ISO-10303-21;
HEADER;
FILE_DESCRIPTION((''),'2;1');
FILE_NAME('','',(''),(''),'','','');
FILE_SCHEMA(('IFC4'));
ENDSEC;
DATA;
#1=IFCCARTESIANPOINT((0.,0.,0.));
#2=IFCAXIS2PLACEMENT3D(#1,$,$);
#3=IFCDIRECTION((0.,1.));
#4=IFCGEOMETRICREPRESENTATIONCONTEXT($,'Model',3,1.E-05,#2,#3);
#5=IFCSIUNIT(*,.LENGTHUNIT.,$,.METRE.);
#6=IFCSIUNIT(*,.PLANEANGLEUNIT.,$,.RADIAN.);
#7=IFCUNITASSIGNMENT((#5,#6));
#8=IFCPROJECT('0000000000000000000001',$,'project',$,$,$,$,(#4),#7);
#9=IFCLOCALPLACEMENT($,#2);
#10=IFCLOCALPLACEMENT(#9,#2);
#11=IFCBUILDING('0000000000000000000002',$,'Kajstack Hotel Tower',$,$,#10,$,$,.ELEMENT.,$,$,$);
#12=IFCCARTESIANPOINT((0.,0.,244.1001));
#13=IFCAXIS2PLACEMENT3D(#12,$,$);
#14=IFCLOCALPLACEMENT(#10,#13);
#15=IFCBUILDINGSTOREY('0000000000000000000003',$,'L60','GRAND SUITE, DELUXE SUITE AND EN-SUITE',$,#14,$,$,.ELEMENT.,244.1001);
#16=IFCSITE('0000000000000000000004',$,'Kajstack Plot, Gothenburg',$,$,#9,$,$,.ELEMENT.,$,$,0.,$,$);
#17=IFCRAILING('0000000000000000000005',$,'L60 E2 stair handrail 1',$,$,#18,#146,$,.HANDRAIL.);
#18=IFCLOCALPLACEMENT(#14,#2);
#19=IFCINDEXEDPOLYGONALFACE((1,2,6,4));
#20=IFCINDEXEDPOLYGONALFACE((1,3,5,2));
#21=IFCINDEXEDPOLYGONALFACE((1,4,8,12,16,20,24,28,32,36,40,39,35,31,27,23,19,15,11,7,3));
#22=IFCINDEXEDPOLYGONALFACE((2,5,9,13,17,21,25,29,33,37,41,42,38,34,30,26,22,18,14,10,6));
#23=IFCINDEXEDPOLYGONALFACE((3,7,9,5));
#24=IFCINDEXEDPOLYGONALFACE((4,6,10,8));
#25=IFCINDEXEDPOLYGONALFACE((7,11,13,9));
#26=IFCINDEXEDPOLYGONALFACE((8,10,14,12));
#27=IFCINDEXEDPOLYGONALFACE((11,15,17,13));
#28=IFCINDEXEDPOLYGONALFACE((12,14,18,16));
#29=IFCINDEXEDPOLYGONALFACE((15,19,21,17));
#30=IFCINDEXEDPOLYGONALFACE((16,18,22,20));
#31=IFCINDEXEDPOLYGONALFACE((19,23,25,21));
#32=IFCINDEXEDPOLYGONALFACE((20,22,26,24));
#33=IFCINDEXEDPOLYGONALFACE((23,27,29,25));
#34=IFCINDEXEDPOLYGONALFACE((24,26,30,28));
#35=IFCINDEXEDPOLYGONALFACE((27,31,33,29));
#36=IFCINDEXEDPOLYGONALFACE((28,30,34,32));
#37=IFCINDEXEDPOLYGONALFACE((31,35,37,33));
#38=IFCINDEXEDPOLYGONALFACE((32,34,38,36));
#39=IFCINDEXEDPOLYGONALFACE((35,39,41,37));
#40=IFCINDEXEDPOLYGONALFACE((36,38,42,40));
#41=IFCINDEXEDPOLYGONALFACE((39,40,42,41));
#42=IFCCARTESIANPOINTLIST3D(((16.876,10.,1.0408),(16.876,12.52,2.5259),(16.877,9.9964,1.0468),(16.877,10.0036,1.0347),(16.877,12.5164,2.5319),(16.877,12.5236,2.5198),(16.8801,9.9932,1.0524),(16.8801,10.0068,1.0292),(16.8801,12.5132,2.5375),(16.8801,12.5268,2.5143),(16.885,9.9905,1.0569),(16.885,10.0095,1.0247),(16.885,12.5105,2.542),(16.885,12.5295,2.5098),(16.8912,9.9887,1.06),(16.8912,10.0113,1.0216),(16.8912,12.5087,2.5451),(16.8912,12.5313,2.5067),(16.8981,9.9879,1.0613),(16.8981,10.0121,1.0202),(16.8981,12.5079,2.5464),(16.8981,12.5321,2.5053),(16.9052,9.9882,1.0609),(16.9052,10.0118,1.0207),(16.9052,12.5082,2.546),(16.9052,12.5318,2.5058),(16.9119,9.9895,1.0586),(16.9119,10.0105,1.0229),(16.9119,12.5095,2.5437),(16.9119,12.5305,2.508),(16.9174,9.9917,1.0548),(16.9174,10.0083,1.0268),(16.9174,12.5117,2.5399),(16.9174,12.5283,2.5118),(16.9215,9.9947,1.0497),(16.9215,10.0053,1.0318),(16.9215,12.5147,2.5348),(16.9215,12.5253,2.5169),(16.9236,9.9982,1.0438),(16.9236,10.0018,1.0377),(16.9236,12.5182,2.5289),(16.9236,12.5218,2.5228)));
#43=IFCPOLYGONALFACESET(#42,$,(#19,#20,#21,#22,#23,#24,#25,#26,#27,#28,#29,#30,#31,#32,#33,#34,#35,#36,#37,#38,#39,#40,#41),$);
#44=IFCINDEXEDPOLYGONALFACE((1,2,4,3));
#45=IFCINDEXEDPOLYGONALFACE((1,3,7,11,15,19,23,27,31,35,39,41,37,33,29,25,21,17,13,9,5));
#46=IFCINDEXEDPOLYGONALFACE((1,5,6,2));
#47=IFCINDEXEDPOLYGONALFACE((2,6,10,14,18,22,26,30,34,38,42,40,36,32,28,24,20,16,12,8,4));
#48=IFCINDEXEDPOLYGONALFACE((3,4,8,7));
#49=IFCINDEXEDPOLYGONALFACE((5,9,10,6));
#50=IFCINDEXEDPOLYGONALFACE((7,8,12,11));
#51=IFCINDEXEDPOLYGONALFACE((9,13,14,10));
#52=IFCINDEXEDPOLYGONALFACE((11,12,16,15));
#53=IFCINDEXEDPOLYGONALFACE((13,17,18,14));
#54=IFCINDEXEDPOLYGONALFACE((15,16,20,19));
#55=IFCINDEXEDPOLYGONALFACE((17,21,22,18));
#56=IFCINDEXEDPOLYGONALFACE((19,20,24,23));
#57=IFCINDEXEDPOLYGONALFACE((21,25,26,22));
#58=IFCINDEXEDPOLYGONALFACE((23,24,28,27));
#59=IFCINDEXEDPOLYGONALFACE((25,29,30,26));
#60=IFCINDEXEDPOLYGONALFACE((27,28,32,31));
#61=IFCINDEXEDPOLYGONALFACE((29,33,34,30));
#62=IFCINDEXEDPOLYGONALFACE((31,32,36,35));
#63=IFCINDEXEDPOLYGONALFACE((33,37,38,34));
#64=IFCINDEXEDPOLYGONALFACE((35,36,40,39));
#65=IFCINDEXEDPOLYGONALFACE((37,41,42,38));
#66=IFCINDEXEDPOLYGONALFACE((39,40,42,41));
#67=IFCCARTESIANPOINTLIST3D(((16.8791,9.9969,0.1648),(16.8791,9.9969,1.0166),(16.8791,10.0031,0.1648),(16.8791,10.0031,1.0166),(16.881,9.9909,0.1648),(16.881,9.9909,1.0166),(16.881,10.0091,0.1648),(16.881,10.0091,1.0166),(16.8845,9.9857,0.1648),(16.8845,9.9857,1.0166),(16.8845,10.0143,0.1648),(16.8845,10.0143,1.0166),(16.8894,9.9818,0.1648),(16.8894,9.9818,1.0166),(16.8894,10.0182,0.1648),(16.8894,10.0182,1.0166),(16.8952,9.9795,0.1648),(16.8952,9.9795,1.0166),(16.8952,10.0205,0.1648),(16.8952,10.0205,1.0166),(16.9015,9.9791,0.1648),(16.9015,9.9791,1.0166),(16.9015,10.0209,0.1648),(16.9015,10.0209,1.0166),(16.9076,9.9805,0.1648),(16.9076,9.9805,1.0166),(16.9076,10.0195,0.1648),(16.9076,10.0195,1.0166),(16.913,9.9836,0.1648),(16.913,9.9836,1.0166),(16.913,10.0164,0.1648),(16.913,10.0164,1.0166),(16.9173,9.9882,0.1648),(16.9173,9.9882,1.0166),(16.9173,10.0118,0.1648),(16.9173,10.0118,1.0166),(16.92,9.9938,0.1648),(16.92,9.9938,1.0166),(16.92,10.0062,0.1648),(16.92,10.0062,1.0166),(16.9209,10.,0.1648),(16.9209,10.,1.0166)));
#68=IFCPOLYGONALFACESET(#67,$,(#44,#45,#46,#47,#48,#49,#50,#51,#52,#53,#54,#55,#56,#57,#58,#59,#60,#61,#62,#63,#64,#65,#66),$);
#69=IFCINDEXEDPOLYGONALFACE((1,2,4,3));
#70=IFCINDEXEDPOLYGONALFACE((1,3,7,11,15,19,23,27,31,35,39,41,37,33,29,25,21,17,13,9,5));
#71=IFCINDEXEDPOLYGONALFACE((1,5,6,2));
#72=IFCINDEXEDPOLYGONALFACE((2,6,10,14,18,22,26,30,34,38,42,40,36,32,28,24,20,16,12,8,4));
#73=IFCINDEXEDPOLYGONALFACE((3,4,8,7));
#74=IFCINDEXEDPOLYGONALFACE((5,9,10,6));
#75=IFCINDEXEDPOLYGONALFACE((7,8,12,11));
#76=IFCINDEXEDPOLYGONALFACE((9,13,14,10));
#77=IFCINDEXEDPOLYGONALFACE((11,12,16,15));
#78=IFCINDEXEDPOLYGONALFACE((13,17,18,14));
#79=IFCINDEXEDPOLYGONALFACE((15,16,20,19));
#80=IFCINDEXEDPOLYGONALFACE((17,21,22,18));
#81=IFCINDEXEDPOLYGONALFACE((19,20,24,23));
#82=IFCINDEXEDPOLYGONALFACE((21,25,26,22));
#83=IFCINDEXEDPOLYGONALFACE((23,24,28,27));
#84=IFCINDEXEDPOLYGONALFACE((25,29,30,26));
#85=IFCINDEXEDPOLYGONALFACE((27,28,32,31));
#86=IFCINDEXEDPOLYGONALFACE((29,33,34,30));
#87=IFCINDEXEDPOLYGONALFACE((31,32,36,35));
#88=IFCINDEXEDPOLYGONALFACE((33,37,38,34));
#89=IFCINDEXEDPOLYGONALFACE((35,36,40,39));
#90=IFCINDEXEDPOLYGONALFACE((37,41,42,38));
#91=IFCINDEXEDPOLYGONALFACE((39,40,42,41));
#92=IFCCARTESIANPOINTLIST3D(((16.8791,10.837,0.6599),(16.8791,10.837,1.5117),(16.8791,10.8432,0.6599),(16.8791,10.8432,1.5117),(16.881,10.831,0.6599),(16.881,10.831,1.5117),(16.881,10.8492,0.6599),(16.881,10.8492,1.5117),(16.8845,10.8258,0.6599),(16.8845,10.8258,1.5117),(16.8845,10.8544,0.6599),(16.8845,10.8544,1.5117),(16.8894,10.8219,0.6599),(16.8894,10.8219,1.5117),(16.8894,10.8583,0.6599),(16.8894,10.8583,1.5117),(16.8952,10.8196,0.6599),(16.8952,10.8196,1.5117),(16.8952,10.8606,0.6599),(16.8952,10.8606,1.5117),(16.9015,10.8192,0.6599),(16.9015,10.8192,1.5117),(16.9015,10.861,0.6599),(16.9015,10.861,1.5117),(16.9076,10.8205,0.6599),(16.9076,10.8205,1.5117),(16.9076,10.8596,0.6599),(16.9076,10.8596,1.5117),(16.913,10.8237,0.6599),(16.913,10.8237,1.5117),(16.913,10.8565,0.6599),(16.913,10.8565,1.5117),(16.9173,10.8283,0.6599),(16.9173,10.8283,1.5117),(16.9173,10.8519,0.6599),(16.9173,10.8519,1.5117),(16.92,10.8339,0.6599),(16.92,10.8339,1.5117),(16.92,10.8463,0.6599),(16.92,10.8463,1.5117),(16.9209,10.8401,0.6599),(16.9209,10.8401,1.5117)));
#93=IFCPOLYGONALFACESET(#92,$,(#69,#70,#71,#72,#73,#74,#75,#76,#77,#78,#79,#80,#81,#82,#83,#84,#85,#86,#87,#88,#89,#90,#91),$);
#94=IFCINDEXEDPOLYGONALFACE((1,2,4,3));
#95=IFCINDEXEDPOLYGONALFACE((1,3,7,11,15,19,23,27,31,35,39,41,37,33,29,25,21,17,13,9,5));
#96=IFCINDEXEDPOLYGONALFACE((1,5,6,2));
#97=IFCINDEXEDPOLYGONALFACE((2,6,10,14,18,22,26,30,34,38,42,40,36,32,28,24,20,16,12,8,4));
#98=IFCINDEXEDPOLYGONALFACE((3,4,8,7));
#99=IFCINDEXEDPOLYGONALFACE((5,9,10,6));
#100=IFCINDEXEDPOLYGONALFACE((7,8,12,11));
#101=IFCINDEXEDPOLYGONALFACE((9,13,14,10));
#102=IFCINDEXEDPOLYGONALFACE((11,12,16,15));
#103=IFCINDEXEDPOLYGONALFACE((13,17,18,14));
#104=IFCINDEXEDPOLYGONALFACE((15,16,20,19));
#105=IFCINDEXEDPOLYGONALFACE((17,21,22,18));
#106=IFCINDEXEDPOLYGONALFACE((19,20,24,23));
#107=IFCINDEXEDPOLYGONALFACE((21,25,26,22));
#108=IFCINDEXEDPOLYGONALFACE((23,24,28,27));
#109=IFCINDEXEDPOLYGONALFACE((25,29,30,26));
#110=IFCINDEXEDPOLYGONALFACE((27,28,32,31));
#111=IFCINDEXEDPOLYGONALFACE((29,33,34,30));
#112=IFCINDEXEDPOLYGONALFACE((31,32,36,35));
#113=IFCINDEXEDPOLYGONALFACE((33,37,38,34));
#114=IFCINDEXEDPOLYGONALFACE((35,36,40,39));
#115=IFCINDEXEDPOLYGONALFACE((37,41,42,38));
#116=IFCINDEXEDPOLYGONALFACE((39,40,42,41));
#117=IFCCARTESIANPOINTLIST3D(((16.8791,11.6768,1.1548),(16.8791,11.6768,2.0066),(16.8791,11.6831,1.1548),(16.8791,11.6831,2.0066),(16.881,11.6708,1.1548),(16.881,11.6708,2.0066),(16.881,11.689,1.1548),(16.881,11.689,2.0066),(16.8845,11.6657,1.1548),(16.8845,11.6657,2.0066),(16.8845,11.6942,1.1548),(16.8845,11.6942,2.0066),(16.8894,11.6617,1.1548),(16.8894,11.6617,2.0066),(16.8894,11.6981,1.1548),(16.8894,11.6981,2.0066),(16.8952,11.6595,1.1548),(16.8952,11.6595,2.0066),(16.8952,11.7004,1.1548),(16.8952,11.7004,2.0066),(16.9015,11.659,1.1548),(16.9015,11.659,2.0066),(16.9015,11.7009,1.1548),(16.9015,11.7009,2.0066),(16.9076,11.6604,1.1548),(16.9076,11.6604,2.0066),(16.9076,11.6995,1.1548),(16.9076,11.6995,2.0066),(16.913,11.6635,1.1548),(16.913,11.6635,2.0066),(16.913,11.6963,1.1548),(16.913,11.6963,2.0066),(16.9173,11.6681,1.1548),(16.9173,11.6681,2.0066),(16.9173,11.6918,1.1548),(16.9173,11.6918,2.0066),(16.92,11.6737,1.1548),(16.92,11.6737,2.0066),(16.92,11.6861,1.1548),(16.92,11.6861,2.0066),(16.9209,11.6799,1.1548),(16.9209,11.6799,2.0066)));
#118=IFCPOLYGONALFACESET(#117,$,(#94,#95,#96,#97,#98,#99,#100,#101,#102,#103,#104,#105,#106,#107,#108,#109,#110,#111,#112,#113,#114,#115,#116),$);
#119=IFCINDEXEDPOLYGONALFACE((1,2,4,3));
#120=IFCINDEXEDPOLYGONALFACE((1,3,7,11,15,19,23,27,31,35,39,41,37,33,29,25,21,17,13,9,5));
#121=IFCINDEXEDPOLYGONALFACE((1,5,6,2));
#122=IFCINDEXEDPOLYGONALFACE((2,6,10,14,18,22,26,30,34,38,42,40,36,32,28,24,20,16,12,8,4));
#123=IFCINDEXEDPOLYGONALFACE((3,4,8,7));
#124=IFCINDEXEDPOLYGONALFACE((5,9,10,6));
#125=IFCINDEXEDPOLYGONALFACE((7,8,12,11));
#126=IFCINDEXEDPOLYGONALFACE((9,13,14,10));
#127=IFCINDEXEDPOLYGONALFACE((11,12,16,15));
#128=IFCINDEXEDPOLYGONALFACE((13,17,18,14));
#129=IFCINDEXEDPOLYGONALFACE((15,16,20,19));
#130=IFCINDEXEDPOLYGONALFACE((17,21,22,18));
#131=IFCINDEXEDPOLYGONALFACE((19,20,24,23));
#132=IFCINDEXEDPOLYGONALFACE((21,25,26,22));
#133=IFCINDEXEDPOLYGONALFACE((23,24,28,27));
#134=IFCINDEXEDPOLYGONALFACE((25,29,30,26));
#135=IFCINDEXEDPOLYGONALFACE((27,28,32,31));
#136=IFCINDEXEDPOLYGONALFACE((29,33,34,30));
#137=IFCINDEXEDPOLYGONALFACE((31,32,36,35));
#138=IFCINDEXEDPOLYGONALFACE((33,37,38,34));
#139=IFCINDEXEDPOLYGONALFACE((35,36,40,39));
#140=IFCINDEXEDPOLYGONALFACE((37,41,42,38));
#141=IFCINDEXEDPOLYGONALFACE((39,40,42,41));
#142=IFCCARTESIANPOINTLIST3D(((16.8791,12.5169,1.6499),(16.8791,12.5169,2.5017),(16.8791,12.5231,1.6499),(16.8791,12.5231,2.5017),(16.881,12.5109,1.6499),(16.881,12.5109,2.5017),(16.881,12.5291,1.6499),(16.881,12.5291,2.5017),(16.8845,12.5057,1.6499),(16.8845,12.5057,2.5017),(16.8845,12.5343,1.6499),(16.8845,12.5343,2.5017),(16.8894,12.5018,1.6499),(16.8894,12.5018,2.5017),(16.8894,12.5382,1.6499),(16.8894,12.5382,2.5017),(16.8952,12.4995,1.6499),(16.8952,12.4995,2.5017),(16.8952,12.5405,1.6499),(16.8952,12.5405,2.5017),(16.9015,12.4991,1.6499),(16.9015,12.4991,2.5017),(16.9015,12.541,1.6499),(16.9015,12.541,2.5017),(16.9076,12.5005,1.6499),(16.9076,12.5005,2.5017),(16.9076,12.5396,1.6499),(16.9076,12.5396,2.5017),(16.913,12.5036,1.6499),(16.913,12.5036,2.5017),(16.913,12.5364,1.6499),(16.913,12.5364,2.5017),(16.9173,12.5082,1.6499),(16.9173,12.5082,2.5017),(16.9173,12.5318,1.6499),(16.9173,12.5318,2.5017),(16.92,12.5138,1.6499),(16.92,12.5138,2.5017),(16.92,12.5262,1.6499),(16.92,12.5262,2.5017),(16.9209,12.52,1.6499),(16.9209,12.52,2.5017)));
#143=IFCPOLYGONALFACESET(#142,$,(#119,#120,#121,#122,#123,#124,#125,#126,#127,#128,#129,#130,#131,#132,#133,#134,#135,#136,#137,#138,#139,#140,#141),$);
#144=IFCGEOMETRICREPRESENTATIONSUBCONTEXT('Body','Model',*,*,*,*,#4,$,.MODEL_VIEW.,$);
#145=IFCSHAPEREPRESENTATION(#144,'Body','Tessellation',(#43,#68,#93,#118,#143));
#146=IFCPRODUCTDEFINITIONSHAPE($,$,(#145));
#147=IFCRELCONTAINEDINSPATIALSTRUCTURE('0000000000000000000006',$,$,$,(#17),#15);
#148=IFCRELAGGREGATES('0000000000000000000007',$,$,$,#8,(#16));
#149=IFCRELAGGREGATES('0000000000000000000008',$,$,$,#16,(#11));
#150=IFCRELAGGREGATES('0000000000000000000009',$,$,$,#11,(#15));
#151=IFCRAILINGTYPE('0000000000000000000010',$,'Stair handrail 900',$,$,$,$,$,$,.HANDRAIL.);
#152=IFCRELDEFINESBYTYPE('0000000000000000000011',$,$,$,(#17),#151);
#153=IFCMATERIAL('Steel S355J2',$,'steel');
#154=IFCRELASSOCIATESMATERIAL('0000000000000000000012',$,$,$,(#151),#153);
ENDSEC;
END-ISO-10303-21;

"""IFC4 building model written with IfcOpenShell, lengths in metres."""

from ifc_helpers import new_model, si_unit, direction, frame, origin, origin_2d, place, context, subcontext, project, spatial, circle, extrude, material, type_object, element, save


model = new_model("IFC4")

# Units and contexts
model_context = context("Model", 3, precision=1e-05, world=origin(), true_north=direction((0.0, 1.0)))
body_context = subcontext(model_context, "Body", "Model", "MODEL_VIEW")
ifc_project = project(units=[si_unit("LENGTHUNIT", "METRE"), si_unit("PLANEANGLEUNIT", "RADIAN")], contexts=[model_context])

# Site, building, storey
site_placement = place(None, origin())
site = spatial("IfcSite", under=ifc_project, at=site_placement, Name="Kajstack Plot, Gothenburg", CompositionType="ELEMENT", RefElevation=0.0)
building_placement = place(site_placement, origin())
building = spatial("IfcBuilding", under=site, at=building_placement, Name="Kajstack Hotel Tower", CompositionType="ELEMENT")
storey_placement = place(building_placement, frame((0.0, 0.0, 244.1001)))
storey = spatial("IfcBuildingStorey", under=building, at=storey_placement, Name="L60", Description="GRAND SUITE, DELUXE SUITE AND EN-SUITE", CompositionType="ELEMENT", Elevation=244.1001)

# Railing
ifc_material_1 = material(Name="Steel S355J2", Category="steel")
railing_type = type_object("IfcRailingType", Name="Stair handrail 900", PredefinedType="HANDRAIL", material=ifc_material_1)
railing_1_placement = place(storey_placement, frame((16.8999, 10.0, 0.1648)))
element("IfcRailing", 1, at=railing_1_placement, inside=storey, type_object=railing_type, Name="L60 E2 stair handrail 1", PredefinedType="HANDRAIL", context=body_context, shape_type="SweptSolid", body=[
    extrude(circle(Radius=0.0239, at=origin_2d()), frame((0.0, 0.0, 0.876), z_axis=(0.0, 0.861524, 0.507717), x_axis=(-1.0, 0.0, 0.0)), (0.0, 0.0, 1.0), 2.925),
    extrude(circle(Radius=0.021, at=origin_2d()), origin(), (0.0, 0.0, 1.0), 0.8518),
    extrude(circle(Radius=0.021, at=origin_2d()), frame((0.0, 0.8401, 0.4951)), (0.0, 0.0, 1.0), 0.8518),
    extrude(circle(Radius=0.021, at=origin_2d()), frame((0.0, 1.6799, 0.99)), (0.0, 0.0, 1.0), 0.8518),
    extrude(circle(Radius=0.021, at=origin_2d()), frame((0.0, 2.52, 1.4851)), (0.0, 0.0, 1.0), 0.8518),
])

save(model, "model.ifc")
